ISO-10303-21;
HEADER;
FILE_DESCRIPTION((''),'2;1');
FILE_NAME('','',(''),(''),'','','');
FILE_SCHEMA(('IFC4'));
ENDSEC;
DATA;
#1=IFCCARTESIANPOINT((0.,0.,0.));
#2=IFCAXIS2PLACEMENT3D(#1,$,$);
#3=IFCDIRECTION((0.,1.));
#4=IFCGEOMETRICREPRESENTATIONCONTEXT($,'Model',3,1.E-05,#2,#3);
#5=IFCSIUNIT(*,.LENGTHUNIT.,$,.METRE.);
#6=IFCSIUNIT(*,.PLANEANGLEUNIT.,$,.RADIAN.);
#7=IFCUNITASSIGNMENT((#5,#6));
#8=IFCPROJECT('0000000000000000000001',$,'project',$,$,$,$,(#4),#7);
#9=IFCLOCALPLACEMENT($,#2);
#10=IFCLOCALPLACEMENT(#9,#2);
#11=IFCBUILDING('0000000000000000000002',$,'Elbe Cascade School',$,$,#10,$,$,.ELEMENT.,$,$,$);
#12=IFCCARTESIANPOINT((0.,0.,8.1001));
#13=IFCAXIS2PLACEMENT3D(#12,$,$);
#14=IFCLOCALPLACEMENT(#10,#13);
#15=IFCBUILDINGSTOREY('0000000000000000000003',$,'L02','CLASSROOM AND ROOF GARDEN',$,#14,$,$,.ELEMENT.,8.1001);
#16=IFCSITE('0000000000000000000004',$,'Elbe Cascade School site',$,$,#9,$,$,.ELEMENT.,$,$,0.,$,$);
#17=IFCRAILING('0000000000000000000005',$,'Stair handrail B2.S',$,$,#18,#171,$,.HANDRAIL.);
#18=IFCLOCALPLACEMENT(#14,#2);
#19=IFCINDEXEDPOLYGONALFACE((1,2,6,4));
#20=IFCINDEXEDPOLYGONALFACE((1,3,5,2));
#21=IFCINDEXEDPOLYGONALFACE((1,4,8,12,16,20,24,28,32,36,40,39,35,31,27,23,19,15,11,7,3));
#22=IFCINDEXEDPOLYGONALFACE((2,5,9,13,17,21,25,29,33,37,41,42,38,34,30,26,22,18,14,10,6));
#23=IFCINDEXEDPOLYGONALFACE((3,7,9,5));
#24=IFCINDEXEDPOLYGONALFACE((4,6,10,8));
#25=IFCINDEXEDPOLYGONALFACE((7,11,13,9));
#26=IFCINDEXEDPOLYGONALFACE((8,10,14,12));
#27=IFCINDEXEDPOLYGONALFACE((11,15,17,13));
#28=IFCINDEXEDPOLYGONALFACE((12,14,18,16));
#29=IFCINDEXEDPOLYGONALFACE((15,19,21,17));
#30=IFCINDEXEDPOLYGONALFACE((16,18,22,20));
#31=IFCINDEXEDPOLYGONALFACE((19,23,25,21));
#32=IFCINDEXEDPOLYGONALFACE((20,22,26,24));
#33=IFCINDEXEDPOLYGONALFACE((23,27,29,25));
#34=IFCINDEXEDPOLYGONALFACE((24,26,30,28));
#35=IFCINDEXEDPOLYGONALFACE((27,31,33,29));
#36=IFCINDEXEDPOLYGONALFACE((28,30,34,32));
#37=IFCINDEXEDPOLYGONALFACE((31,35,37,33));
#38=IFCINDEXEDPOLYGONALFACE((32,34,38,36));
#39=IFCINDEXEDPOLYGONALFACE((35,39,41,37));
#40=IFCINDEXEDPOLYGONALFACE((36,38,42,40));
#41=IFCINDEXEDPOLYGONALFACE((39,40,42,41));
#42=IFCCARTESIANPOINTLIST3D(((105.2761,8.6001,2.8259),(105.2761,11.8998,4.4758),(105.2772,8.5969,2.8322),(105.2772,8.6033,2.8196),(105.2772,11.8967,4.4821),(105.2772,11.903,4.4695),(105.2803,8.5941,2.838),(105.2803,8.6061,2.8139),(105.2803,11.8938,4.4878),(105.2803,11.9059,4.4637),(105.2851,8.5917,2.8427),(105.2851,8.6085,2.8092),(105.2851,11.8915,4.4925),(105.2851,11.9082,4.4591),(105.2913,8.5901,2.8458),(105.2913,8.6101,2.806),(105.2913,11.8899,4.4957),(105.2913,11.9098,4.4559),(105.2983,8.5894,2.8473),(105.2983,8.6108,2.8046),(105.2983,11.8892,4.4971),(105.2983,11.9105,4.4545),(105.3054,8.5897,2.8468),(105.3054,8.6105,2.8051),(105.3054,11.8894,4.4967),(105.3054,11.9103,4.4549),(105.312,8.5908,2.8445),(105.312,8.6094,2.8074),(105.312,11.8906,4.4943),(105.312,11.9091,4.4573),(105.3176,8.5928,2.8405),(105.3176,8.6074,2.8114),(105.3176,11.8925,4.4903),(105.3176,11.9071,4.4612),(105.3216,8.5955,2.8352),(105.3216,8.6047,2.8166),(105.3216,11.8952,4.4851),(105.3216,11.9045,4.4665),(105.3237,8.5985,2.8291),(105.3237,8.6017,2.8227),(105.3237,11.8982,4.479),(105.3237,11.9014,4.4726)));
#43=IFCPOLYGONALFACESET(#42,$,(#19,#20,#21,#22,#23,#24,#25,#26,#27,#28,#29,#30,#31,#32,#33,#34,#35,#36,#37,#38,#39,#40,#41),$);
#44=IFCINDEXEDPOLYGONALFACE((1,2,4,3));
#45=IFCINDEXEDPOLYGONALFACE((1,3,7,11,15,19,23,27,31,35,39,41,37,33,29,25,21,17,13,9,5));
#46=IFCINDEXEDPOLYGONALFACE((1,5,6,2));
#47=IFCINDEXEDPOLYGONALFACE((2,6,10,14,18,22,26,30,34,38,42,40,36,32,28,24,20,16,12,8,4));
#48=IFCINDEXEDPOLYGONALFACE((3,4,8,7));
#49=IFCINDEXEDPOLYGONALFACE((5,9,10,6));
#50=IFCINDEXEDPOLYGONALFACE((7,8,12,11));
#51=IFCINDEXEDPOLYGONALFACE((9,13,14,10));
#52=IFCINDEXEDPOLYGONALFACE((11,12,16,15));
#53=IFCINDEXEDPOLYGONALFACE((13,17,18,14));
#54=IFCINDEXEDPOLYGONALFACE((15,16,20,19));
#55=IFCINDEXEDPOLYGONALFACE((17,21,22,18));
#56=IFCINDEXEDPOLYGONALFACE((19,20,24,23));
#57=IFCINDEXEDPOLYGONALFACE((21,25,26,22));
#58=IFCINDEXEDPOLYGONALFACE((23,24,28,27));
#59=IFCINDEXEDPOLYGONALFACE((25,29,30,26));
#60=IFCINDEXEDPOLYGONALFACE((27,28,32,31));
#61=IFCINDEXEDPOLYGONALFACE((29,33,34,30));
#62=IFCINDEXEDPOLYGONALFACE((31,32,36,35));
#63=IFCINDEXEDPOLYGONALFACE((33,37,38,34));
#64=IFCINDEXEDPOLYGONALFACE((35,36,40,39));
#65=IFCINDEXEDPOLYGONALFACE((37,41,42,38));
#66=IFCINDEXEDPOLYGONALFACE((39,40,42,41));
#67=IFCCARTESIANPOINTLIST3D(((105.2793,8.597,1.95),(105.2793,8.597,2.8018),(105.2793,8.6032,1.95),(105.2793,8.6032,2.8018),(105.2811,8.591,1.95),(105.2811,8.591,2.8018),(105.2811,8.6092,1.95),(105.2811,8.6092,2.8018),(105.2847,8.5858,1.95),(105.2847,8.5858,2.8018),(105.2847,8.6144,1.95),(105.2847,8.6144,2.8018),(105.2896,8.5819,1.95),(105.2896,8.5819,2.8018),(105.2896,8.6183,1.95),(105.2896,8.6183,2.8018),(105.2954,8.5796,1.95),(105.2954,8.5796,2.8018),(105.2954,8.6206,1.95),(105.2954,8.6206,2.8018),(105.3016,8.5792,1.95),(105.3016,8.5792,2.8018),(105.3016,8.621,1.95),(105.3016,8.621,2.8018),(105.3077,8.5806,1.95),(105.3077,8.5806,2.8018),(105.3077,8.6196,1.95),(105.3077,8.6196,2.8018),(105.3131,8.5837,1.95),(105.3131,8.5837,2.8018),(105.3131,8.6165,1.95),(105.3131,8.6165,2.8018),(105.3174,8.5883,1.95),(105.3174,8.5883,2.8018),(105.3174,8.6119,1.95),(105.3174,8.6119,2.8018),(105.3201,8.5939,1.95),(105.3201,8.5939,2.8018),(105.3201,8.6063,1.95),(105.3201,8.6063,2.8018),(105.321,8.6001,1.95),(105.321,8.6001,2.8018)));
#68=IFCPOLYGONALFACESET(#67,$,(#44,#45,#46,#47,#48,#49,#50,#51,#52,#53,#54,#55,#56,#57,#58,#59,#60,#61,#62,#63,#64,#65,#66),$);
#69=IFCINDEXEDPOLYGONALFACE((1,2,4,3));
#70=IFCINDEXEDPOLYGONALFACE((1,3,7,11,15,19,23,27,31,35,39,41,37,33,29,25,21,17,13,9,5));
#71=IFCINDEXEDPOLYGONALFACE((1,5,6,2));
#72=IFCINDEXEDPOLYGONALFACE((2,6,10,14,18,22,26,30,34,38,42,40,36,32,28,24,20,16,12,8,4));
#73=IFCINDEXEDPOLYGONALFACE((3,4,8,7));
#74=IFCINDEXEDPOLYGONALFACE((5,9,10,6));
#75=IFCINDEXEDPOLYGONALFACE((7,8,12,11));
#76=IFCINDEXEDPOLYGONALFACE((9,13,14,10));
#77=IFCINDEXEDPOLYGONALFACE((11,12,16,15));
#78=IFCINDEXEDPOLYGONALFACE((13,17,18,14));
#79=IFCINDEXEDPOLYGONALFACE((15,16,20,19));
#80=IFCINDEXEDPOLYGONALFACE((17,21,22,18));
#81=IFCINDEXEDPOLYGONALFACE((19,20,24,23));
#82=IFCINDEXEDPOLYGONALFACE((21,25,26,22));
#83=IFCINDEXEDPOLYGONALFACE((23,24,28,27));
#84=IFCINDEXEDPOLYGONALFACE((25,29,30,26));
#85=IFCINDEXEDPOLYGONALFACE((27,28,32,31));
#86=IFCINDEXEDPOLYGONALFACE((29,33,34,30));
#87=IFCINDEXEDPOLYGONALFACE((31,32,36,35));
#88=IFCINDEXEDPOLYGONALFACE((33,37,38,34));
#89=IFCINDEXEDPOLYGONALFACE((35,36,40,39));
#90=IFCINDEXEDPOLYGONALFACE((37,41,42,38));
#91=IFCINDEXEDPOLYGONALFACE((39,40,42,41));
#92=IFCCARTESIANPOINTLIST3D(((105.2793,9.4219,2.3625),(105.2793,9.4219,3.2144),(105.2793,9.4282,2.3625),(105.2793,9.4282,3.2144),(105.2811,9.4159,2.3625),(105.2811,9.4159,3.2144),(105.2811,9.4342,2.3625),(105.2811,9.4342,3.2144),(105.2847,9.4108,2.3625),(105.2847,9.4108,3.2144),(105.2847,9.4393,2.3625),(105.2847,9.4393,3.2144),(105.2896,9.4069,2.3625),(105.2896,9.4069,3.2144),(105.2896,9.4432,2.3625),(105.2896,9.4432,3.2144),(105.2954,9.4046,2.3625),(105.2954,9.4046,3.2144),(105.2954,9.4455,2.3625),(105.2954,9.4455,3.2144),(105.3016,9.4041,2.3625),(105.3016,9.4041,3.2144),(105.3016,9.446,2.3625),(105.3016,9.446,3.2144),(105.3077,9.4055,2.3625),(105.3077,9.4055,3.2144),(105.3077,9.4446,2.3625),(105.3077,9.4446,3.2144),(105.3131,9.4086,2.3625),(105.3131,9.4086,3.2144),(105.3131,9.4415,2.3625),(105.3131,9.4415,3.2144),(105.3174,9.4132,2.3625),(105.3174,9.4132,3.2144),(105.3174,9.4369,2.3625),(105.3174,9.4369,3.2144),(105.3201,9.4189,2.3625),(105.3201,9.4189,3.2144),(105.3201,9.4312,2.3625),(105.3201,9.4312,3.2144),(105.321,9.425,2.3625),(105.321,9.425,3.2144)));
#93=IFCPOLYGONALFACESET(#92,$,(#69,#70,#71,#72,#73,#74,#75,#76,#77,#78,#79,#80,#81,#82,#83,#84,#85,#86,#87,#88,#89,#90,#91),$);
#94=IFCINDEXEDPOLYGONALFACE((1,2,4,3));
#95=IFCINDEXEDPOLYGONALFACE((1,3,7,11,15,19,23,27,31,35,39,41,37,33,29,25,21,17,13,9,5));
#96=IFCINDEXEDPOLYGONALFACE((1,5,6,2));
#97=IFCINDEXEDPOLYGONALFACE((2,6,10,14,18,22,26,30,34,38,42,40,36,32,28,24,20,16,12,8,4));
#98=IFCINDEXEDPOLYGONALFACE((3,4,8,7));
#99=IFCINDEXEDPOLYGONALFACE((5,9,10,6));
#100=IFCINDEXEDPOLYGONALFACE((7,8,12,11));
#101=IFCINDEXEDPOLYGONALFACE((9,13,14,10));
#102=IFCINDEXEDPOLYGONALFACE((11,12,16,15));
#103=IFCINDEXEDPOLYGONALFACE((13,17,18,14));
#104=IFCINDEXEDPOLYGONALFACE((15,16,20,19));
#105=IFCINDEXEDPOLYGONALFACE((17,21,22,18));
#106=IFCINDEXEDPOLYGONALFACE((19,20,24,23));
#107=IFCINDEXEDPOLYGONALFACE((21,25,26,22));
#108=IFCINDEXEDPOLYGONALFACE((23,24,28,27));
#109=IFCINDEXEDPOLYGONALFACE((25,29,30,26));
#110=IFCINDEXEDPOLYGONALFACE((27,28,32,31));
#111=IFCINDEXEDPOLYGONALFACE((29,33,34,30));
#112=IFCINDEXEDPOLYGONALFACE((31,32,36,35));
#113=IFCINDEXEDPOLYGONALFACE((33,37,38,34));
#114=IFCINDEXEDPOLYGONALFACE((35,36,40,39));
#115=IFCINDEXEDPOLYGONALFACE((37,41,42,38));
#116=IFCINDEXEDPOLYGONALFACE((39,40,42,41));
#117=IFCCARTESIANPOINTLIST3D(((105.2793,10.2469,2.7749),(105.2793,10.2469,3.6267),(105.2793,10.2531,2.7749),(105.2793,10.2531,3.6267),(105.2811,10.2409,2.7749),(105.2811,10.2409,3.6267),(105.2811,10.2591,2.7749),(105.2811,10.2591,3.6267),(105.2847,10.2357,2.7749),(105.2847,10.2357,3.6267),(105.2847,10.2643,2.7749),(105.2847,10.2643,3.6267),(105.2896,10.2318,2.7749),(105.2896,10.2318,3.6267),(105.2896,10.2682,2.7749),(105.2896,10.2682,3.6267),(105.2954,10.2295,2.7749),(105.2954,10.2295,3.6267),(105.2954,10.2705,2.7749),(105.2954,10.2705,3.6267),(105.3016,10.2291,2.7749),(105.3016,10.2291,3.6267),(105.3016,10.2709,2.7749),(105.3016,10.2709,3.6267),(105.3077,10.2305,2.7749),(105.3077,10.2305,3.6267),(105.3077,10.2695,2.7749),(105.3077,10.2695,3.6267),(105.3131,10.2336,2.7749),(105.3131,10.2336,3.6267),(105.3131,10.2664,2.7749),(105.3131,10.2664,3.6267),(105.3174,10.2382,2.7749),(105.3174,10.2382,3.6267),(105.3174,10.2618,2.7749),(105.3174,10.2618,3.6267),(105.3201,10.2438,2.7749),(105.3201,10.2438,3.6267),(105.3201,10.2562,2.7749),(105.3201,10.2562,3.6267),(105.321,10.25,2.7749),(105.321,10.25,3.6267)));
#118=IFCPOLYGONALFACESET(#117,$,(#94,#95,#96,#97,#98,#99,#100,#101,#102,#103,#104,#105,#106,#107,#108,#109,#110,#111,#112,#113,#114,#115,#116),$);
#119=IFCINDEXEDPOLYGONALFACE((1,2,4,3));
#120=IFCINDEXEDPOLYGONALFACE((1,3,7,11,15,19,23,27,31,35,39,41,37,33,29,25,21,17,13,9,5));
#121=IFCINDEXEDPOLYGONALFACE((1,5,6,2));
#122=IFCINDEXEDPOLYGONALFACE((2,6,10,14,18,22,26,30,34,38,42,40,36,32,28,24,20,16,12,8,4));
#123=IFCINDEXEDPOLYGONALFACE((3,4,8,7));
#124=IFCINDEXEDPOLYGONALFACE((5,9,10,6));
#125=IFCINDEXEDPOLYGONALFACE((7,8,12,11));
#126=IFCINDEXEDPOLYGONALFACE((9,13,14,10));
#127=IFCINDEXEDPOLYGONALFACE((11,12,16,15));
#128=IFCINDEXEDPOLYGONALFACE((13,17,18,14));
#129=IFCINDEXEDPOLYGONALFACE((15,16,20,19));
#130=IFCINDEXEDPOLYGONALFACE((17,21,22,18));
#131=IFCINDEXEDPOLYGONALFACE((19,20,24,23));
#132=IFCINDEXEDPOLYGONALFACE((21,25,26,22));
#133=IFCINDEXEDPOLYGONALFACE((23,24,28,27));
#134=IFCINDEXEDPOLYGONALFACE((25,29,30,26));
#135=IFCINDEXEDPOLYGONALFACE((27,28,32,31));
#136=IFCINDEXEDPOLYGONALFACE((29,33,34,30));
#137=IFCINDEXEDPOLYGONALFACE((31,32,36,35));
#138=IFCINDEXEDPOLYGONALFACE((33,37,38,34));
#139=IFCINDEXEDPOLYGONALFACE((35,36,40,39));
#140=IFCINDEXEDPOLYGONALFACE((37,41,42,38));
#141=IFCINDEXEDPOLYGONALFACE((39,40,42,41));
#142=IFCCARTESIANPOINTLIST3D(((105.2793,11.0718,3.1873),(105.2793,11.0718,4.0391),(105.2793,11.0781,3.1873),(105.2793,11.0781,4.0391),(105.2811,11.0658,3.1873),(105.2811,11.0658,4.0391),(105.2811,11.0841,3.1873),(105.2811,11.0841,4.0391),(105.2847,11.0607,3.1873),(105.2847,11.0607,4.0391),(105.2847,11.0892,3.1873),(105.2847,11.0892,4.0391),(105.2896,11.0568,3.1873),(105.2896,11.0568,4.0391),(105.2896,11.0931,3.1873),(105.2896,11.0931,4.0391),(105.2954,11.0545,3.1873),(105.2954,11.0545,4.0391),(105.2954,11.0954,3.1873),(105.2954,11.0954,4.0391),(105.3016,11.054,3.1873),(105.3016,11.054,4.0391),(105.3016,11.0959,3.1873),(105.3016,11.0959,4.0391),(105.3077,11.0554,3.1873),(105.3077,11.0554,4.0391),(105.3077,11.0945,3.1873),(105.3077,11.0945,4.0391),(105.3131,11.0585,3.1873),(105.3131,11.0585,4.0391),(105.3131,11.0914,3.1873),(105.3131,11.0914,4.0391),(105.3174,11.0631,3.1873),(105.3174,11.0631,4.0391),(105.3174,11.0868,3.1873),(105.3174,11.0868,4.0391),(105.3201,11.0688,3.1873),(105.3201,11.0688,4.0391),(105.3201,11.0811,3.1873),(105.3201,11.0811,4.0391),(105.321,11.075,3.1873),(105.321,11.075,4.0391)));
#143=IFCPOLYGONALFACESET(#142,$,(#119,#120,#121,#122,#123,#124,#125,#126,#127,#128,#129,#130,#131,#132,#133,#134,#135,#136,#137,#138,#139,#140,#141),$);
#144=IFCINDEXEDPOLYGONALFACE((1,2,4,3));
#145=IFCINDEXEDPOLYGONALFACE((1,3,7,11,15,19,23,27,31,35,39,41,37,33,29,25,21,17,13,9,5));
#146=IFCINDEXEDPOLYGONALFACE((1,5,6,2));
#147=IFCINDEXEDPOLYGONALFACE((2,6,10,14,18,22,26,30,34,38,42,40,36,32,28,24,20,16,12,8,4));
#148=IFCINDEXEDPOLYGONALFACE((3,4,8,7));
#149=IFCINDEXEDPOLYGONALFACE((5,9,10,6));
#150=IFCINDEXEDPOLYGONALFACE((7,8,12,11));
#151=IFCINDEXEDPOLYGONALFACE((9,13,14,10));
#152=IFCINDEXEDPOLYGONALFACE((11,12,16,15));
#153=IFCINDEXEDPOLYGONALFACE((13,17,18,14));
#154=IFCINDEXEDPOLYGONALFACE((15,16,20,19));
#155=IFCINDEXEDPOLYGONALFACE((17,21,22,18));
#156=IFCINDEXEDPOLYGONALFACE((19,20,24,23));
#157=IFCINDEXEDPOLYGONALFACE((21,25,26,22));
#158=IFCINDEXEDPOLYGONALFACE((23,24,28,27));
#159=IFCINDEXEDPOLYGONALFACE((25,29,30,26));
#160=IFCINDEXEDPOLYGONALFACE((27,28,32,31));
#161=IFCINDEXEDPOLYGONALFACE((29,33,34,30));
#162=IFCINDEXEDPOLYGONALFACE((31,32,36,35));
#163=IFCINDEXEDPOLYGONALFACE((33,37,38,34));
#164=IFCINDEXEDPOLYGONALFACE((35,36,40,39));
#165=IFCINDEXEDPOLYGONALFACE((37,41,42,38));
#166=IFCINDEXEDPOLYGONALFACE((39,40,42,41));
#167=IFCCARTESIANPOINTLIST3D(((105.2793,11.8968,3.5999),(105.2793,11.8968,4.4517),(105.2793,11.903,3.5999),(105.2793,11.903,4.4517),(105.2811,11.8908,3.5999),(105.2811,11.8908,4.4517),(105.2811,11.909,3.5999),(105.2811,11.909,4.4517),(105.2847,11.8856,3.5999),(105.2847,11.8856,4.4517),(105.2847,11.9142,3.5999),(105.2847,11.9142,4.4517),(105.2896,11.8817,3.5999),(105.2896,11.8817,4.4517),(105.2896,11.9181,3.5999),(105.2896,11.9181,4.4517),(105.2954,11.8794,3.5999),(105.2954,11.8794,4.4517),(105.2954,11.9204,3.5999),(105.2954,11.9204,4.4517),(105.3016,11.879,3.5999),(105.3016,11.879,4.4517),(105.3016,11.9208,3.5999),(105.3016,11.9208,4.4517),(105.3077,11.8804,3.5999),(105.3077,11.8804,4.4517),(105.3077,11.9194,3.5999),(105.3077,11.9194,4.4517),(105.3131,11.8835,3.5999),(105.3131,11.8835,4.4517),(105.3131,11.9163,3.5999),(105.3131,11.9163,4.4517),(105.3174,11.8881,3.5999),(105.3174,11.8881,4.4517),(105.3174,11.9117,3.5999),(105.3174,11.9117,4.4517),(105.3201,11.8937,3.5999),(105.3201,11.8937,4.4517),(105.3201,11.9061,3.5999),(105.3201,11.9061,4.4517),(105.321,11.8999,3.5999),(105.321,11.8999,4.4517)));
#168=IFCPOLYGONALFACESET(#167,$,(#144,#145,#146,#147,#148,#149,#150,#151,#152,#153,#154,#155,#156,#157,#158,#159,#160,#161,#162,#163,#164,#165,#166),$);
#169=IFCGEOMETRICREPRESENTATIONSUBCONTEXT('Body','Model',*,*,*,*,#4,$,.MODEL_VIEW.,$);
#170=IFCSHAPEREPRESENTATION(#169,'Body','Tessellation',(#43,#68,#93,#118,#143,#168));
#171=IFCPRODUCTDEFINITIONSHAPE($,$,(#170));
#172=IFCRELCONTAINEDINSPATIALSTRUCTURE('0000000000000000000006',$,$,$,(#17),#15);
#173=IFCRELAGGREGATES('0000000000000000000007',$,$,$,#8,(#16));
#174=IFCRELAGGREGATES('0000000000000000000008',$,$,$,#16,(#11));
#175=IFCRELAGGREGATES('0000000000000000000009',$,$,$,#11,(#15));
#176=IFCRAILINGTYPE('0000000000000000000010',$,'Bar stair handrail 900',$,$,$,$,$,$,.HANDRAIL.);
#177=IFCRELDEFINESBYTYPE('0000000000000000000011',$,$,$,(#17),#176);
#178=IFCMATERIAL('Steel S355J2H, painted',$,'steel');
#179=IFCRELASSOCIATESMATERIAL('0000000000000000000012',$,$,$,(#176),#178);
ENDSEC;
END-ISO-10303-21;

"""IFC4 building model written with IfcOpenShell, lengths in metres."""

from ifc_helpers import new_model, si_unit, direction, frame, origin, origin_2d, place, context, subcontext, project, spatial, circle, extrude, material, type_object, element, save


model = new_model("IFC4")

# Units and contexts
model_context = context("Model", 3, precision=1e-05, world=origin(), true_north=direction((0.0, 1.0)))
body_context = subcontext(model_context, "Body", "Model", "MODEL_VIEW")
ifc_project = project(units=[si_unit("LENGTHUNIT", "METRE"), si_unit("PLANEANGLEUNIT", "RADIAN")], contexts=[model_context])

# Site, building, storey
site_placement = place(None, origin())
site = spatial("IfcSite", under=ifc_project, at=site_placement, Name="Elbe Cascade School site", CompositionType="ELEMENT", RefElevation=0.0)
building_placement = place(site_placement, origin())
building = spatial("IfcBuilding", under=site, at=building_placement, Name="Elbe Cascade School", CompositionType="ELEMENT")
storey_placement = place(building_placement, frame((0.0, 0.0, 8.1001)))
storey = spatial("IfcBuildingStorey", under=building, at=storey_placement, Name="L02", Description="CLASSROOM AND ROOF GARDEN", CompositionType="ELEMENT", Elevation=8.1001)

# Railing
ifc_material_1 = material(Name="Steel S355J2H, painted", Category="steel")
railing_type = type_object("IfcRailingType", Name="Bar stair handrail 900", PredefinedType="HANDRAIL", material=ifc_material_1)
railing_1_placement = place(storey_placement, frame((105.3, 8.6001, 1.95)))
element("IfcRailing", 1, at=railing_1_placement, inside=storey, type_object=railing_type, Name="Stair handrail B2.S", PredefinedType="HANDRAIL", context=body_context, shape_type="SweptSolid", body=[
    extrude(circle(Radius=0.0239, at=origin_2d()), frame((0.0, 0.0, 0.876), z_axis=(0.0, 0.894427, 0.447214), x_axis=(-1.0, 0.0, 0.0)), (0.0, 0.0, 1.0), 3.6892),
    extrude(circle(Radius=0.021, at=origin_2d()), origin(), (0.0, 0.0, 1.0), 0.8518),
    extrude(circle(Radius=0.021, at=origin_2d()), frame((0.0, 0.825, 0.4126)), (0.0, 0.0, 1.0), 0.8518),
    extrude(circle(Radius=0.021, at=origin_2d()), frame((0.0, 1.6499, 0.825)), (0.0, 0.0, 1.0), 0.8518),
    extrude(circle(Radius=0.021, at=origin_2d()), frame((0.0, 2.4749, 1.2373)), (0.0, 0.0, 1.0), 0.8518),
    extrude(circle(Radius=0.021, at=origin_2d()), frame((0.0, 3.2998, 1.6499)), (0.0, 0.0, 1.0), 0.8518),
])

save(model, "model.ifc")
